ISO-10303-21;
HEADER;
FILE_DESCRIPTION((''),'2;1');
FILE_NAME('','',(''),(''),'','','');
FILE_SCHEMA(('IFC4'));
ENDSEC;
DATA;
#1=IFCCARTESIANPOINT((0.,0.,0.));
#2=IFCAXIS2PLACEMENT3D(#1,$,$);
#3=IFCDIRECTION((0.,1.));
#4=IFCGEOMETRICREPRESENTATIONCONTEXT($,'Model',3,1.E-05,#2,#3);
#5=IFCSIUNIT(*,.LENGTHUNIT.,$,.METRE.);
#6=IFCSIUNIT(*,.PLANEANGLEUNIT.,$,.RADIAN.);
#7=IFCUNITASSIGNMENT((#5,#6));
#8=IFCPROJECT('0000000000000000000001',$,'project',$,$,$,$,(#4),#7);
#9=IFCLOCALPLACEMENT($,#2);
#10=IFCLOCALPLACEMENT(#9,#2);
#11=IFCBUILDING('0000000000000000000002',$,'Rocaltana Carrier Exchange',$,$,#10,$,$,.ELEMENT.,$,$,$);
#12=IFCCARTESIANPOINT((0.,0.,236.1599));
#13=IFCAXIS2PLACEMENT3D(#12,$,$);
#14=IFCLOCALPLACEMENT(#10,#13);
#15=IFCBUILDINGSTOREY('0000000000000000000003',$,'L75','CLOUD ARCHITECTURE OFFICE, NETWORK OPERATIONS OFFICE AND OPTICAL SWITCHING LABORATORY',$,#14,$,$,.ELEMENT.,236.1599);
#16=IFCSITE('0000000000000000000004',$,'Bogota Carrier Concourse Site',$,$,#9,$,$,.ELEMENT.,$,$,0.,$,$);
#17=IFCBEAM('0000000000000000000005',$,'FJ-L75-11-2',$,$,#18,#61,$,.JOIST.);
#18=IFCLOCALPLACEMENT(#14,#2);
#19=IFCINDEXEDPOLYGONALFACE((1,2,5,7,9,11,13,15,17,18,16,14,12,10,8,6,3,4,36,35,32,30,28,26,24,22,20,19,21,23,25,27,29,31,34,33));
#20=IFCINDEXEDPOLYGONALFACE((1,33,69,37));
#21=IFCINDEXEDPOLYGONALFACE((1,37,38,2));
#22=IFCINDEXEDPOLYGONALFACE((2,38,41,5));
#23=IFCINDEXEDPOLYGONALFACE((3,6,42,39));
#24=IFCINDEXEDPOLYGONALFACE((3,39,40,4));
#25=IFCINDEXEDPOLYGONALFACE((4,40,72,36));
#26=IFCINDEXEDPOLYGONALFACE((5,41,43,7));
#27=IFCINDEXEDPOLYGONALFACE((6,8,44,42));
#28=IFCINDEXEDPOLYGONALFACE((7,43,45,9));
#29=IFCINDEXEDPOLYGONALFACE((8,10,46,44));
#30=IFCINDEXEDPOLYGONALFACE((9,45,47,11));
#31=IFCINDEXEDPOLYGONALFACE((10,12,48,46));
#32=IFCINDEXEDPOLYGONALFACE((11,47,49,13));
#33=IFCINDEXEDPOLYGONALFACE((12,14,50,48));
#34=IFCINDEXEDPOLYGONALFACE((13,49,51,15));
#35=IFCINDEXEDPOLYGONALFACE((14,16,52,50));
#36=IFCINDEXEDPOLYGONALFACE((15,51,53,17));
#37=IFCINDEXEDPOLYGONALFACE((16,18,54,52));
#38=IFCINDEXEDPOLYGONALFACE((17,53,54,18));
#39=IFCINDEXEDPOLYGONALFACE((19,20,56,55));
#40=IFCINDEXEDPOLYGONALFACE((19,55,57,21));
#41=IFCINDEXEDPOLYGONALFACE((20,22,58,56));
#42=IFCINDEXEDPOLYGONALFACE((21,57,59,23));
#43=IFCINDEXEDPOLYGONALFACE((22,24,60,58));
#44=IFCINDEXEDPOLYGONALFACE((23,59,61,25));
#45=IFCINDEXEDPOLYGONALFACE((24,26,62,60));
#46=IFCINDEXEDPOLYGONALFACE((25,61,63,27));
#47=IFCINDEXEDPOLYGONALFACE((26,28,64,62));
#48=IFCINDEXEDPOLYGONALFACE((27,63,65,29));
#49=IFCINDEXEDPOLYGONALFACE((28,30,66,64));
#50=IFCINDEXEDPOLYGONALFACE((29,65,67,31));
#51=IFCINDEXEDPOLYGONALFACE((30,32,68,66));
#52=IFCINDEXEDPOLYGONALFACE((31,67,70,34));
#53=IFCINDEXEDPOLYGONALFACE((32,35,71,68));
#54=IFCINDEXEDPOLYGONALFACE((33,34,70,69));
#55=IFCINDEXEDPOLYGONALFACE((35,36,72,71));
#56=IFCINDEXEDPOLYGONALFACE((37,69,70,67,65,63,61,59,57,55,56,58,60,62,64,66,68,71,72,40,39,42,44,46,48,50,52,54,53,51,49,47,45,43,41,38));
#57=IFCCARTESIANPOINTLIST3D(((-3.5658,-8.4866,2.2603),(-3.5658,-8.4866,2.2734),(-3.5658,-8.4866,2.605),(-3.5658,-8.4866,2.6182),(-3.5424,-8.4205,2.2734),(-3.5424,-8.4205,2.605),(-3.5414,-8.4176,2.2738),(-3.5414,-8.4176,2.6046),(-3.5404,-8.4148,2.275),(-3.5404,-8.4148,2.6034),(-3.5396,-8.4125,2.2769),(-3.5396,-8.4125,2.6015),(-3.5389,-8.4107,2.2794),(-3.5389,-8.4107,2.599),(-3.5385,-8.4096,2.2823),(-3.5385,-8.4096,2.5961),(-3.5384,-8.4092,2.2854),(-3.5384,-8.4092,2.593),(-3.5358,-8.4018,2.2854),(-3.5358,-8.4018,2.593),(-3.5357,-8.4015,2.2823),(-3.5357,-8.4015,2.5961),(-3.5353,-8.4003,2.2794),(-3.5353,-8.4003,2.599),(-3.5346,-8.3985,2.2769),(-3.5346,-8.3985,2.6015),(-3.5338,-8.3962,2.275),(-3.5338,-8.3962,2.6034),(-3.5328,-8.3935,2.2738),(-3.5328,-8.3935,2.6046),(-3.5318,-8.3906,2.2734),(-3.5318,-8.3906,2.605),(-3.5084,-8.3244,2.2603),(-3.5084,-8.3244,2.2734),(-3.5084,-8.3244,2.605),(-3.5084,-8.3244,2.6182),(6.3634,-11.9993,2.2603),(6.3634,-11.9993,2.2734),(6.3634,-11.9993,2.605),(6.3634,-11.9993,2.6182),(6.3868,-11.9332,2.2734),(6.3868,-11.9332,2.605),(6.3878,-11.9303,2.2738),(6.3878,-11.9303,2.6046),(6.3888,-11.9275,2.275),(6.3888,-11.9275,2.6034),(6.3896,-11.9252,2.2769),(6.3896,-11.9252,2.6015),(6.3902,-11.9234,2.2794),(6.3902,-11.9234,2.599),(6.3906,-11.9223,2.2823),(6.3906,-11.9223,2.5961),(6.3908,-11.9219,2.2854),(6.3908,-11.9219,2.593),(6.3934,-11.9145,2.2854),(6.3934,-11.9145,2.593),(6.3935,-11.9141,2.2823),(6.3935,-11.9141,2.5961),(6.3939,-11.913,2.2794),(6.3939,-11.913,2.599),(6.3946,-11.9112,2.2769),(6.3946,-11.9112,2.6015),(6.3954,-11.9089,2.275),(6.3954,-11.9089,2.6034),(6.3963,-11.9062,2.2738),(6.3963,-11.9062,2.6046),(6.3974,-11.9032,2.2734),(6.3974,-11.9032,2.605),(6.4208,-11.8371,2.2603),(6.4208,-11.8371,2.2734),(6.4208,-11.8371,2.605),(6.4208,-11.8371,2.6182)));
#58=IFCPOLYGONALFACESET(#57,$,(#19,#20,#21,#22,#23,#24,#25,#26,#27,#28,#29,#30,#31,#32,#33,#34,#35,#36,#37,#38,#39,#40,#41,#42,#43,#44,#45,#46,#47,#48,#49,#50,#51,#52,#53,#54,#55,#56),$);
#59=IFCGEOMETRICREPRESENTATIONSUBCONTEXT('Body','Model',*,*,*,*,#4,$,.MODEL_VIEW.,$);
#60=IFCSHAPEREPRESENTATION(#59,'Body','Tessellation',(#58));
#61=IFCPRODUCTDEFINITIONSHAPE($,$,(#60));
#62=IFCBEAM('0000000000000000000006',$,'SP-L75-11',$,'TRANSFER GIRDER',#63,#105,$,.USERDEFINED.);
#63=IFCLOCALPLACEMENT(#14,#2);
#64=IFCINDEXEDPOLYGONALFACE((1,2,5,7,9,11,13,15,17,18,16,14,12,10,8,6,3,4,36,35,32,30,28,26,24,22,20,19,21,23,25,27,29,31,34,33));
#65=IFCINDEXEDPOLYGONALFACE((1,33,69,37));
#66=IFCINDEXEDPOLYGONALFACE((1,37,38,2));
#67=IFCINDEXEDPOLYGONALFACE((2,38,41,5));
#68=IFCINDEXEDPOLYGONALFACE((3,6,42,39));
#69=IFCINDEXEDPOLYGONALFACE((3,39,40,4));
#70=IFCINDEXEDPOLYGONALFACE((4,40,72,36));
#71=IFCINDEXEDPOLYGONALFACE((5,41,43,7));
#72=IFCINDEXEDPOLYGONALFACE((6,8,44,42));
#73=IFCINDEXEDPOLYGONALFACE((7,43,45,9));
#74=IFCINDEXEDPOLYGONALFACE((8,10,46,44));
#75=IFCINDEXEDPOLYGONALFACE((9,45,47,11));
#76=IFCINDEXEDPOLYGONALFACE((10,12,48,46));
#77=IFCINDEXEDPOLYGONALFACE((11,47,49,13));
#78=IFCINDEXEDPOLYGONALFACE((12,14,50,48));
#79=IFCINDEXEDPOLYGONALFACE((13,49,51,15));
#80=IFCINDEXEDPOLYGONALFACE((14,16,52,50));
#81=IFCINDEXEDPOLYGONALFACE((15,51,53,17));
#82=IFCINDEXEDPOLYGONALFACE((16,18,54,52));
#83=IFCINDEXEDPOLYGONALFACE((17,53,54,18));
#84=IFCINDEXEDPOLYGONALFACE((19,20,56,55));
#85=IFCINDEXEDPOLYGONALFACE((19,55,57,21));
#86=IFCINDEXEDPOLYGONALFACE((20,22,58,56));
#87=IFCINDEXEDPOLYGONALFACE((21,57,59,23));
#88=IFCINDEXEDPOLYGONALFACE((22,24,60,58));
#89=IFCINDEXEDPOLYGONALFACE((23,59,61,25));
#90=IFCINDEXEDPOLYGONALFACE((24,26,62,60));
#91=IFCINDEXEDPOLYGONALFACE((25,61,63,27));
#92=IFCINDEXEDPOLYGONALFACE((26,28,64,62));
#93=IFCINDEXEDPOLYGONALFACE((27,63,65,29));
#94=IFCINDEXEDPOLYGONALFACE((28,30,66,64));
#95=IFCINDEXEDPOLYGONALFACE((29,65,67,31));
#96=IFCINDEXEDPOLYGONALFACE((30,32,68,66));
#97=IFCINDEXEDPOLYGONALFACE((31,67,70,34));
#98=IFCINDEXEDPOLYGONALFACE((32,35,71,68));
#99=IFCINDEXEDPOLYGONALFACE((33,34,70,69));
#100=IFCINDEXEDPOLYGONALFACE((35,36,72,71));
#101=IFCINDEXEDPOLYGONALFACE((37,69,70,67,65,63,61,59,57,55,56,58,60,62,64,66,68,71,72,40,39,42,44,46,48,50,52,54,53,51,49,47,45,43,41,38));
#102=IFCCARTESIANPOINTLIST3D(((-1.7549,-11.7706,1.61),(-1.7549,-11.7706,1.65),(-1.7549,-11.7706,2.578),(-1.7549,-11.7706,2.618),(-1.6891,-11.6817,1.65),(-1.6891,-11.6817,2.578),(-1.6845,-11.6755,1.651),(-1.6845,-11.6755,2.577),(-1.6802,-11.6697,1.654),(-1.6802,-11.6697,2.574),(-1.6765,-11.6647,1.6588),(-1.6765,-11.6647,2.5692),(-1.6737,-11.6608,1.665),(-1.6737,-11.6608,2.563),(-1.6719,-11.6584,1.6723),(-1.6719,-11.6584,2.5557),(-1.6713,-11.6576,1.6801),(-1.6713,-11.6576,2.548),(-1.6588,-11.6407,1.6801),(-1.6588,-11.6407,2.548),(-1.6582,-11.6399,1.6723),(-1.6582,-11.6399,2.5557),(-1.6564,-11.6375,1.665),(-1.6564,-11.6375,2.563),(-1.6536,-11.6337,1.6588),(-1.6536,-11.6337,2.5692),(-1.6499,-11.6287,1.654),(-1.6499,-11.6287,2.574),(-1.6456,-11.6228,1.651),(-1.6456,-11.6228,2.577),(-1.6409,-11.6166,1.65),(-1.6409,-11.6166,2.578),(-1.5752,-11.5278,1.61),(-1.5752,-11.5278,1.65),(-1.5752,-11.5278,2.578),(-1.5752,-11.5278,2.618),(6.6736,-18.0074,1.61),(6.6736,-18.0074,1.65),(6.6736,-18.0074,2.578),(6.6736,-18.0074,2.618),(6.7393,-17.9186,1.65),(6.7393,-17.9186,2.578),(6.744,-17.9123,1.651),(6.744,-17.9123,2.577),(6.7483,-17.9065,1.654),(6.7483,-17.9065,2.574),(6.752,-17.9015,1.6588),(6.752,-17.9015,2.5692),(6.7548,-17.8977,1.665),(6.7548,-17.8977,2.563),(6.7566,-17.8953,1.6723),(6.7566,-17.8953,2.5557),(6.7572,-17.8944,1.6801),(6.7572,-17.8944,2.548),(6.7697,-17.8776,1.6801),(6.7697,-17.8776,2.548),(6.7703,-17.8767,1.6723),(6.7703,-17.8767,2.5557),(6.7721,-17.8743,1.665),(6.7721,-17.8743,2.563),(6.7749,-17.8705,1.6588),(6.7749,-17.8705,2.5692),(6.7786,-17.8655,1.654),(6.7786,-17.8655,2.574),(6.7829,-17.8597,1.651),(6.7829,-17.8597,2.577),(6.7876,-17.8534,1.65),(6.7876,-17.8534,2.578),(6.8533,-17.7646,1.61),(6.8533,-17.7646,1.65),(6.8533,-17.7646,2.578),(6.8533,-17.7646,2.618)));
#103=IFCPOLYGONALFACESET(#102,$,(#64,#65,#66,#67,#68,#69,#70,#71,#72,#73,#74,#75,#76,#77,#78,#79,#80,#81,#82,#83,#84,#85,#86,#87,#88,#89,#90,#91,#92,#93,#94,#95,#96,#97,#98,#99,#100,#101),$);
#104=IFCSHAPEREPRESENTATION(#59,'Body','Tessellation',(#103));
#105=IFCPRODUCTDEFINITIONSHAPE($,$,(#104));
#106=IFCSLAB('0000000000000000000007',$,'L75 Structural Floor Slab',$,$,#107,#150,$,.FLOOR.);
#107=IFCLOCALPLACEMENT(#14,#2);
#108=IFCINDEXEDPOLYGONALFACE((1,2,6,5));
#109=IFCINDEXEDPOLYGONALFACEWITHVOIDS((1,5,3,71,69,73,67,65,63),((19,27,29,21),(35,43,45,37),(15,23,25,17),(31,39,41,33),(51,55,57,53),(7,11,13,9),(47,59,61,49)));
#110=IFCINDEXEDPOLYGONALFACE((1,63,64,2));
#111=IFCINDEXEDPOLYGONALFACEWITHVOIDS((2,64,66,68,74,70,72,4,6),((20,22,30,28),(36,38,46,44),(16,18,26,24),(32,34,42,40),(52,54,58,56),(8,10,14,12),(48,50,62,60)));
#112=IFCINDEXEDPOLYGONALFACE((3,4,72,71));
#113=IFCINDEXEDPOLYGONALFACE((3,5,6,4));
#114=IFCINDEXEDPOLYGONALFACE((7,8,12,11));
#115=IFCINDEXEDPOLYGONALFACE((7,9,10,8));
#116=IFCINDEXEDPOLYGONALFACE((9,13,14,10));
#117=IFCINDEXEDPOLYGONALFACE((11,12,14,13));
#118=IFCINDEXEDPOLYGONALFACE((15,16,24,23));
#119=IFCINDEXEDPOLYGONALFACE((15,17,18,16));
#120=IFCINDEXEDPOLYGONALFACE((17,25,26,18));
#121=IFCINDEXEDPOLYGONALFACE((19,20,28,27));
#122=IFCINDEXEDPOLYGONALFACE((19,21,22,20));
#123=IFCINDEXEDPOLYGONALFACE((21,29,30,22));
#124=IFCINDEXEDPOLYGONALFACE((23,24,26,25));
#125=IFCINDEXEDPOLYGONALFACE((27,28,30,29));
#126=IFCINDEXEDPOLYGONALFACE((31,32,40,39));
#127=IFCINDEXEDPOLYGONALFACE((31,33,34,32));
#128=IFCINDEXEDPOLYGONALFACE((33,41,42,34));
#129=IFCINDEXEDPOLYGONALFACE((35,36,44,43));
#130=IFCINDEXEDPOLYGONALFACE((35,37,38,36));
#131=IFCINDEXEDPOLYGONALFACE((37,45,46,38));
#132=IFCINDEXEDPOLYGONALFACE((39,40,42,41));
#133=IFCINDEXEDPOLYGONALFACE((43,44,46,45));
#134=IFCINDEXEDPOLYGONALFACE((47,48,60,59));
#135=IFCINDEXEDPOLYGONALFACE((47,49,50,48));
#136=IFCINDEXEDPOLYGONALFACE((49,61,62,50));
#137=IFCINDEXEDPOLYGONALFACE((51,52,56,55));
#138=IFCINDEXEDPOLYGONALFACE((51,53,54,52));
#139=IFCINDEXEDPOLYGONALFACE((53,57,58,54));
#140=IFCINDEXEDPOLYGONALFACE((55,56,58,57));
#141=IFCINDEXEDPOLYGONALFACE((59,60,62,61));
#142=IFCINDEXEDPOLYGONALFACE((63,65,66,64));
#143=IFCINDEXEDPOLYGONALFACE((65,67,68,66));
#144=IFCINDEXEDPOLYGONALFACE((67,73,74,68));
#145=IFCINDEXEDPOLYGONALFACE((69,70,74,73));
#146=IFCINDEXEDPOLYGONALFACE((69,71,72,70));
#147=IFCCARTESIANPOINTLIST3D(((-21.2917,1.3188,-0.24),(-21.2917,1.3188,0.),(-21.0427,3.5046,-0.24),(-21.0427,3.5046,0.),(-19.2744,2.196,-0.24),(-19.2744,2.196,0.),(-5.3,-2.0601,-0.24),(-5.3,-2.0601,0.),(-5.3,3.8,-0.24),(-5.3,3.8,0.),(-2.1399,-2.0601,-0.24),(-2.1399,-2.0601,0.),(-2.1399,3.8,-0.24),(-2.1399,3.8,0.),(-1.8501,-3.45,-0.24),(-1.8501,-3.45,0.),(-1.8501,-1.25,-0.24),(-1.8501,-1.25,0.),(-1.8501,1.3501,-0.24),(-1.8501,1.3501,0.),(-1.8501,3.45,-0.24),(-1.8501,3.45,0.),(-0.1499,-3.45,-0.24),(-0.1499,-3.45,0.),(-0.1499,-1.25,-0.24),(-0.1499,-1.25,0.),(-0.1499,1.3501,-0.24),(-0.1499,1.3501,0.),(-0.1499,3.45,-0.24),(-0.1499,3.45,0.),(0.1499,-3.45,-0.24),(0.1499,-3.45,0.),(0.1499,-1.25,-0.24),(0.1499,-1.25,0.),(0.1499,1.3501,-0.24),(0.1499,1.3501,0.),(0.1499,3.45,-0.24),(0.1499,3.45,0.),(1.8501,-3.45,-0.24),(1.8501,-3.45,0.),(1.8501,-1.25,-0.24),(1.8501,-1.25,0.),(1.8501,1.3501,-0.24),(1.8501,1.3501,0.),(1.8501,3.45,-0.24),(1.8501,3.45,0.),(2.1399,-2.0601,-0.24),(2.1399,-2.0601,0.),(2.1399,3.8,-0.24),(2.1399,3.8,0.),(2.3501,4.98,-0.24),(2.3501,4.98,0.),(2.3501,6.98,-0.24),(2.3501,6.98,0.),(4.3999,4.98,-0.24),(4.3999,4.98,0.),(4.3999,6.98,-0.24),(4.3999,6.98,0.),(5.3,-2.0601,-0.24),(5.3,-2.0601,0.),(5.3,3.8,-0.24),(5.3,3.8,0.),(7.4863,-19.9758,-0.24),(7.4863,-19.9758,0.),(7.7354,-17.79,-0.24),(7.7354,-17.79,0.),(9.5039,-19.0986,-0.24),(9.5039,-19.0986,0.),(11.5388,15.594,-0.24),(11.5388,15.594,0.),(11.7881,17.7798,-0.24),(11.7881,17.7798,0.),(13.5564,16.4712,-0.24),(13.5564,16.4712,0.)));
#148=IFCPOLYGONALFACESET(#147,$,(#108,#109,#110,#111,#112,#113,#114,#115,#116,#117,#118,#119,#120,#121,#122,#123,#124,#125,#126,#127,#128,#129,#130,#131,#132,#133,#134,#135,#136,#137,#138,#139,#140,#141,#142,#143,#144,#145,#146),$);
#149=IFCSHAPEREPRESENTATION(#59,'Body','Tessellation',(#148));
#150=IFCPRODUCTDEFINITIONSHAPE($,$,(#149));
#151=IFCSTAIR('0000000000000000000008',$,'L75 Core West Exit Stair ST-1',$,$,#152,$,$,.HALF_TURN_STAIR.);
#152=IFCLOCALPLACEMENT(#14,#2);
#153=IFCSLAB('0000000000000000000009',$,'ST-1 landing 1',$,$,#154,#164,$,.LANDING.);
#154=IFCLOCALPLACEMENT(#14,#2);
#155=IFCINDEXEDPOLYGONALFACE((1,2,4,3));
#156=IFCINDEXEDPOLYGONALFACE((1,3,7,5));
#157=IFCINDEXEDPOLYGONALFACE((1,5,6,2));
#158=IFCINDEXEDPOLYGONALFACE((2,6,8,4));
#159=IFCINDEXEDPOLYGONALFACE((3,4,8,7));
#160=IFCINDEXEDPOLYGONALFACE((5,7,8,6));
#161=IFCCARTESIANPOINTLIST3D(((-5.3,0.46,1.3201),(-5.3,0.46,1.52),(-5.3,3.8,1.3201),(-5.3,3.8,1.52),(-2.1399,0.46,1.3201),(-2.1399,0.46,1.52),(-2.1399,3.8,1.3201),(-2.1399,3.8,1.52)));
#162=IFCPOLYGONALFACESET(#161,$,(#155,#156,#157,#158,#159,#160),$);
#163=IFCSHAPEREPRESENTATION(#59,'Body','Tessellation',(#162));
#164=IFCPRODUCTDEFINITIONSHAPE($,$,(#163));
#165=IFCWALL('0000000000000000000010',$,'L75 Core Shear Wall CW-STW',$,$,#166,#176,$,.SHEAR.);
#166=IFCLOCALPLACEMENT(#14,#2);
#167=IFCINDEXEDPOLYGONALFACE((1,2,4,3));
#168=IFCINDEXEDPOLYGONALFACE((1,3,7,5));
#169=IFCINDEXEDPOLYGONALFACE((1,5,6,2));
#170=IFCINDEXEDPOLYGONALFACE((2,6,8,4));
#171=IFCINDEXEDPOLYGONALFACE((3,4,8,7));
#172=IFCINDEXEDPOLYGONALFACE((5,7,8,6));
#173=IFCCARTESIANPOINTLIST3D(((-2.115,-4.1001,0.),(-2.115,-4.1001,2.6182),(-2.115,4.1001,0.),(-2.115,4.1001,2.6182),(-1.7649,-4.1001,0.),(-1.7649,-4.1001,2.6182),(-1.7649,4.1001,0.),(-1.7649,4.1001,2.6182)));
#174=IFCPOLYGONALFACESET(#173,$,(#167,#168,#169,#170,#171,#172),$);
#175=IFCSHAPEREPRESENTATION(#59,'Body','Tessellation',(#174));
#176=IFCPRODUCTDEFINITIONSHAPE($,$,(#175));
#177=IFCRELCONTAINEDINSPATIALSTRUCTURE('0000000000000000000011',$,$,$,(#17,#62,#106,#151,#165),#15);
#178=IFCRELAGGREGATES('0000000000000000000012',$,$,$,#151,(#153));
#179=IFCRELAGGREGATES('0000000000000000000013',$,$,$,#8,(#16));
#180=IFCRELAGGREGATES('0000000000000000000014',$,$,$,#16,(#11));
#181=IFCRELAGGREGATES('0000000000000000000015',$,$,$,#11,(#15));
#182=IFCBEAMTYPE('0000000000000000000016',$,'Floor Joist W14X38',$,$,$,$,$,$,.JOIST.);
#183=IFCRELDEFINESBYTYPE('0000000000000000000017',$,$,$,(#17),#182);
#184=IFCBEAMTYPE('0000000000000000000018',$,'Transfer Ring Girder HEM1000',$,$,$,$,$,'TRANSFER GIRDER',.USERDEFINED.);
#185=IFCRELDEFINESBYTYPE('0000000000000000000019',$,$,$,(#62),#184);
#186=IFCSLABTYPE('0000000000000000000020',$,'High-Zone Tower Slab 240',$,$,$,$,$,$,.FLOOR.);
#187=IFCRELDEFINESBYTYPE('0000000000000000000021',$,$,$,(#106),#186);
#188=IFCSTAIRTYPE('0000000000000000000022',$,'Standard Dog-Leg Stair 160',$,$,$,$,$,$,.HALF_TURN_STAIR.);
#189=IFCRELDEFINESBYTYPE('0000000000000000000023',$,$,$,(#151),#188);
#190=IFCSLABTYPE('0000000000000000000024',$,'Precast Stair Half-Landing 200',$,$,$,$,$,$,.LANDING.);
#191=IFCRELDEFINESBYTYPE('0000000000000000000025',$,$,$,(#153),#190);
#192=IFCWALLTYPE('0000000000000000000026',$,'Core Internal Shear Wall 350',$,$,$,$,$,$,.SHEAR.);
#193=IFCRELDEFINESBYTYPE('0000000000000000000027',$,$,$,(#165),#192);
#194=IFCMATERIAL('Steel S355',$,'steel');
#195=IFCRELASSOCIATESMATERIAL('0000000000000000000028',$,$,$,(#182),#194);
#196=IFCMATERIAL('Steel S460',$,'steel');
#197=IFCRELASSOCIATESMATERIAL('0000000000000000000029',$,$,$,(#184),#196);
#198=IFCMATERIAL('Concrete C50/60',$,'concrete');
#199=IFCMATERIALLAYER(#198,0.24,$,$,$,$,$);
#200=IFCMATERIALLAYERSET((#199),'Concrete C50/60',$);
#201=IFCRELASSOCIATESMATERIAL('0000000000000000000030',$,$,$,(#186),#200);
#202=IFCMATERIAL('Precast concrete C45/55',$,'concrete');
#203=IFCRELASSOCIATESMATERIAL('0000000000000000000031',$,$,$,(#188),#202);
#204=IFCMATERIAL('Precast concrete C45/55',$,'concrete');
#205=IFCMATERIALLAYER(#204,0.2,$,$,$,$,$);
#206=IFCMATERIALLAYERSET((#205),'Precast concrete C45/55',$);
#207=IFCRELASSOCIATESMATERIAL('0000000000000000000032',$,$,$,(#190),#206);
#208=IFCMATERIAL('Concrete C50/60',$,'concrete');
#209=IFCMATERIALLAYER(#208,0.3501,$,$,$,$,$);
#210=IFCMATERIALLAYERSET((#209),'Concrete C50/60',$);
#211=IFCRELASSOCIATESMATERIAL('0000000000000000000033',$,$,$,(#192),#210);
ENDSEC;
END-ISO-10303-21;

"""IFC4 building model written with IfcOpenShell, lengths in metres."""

from ifc_helpers import new_model, si_unit, direction, frame, frame_2d, origin, origin_2d, place, context, subcontext, project, spatial, polyline, rectangle, i_section, outline, extrude, material, layer, layer_set, material_profile, profile_set, type_object, element, aggregate, save


model = new_model("IFC4")

# Units and contexts
model_context = context("Model", 3, precision=1e-05, world=origin(), true_north=direction((0.0, 1.0)))
body_context = subcontext(model_context, "Body", "Model", "MODEL_VIEW")
ifc_project = project(units=[si_unit("LENGTHUNIT", "METRE"), si_unit("PLANEANGLEUNIT", "RADIAN")], contexts=[model_context])

# Site, building, storey
site_placement = place(None, origin())
site = spatial("IfcSite", under=ifc_project, at=site_placement, Name="Bogota Carrier Concourse Site", CompositionType="ELEMENT", RefElevation=0.0)
building_placement = place(site_placement, origin())
building = spatial("IfcBuilding", under=site, at=building_placement, Name="Rocaltana Carrier Exchange", CompositionType="ELEMENT")
storey_placement = place(building_placement, frame((0.0, 0.0, 236.1599)))
storey = spatial("IfcBuildingStorey", under=building, at=storey_placement, Name="L75", Description="CLOUD ARCHITECTURE OFFICE, NETWORK OPERATIONS OFFICE AND OPTICAL SWITCHING LABORATORY", CompositionType="ELEMENT", Elevation=236.1599)

# Beams
ifc_material_1 = material(Name="Steel S355", Category="steel")
ifc_material_profile_1 = material_profile(ifc_material_1, i_section(OverallWidth=0.1721, OverallDepth=0.3579, WebThickness=0.0078, FlangeThickness=0.0132, FilletRadius=0.012, at=origin_2d()), Name="W14X38")
ifc_profile_set_1 = profile_set([ifc_material_profile_1], Name="Steel S355")
beam_type_1 = type_object("IfcBeamType", Name="Floor Joist W14X38", PredefinedType="JOIST", material=ifc_profile_set_1)
beam_1_placement = place(storey_placement, frame((-3.5371, -8.4055, 2.4392), z_axis=(0.942744, -0.333518, 0.0), x_axis=(0.333518, 0.942744, 0.0)))
element("IfcBeam", 1, at=beam_1_placement, inside=storey, type_object=beam_type_1, Name="FJ-L75-11-2", PredefinedType="JOIST", context=body_context, shape_type="SweptSolid", body=[
    extrude(i_section(OverallWidth=0.1721, OverallDepth=0.3579, WebThickness=0.0078, FlangeThickness=0.0132, FilletRadius=0.012, at=origin_2d()), origin(), (0.0, 0.0, 1.0), 10.5322),
])
ifc_material_2 = material(Name="Steel S460", Category="steel")
ifc_material_profile_2 = material_profile(ifc_material_2, i_section(OverallWidth=0.302, OverallDepth=1.0081, WebThickness=0.021, FlangeThickness=0.04, FilletRadius=0.03, at=origin_2d()), Name="HEM1000")
ifc_profile_set_2 = profile_set([ifc_material_profile_2], Name="Steel S460")
beam_type_2 = type_object("IfcBeamType", Name="Transfer Ring Girder HEM1000", ElementType="TRANSFER GIRDER", PredefinedType="USERDEFINED", material=ifc_profile_set_2)
beam_2_placement = place(storey_placement, frame((-1.665, -11.6492, 2.114), z_axis=(0.803853, -0.594828, 0.0), x_axis=(0.594828, 0.803853, 0.0)))
element("IfcBeam", 2, at=beam_2_placement, inside=storey, type_object=beam_type_2, Name="SP-L75-11", ObjectType="TRANSFER GIRDER", PredefinedType="USERDEFINED", context=body_context, shape_type="SweptSolid", body=[
    extrude(i_section(OverallWidth=0.302, OverallDepth=1.0081, WebThickness=0.021, FlangeThickness=0.04, FilletRadius=0.03, at=origin_2d()), origin(), (0.0, 0.0, 1.0), 10.4851),
])

# Slab
ifc_material_3 = material(Name="Concrete C50/60", Category="concrete")
ifc_layer_1 = layer(ifc_material_3, 0.24)
ifc_layer_set_1 = layer_set([ifc_layer_1], Name="Concrete C50/60")
slab_type_1 = type_object("IfcSlabType", Name="High-Zone Tower Slab 240", PredefinedType="FLOOR", material=ifc_layer_set_1)
slab_1_placement = place(storey_placement, frame((0.0, 0.0, -0.24)))
element("IfcSlab", 3, at=slab_1_placement, inside=storey, type_object=slab_type_1, Name="L75 Structural Floor Slab", PredefinedType="FLOOR", context=body_context, shape_type="SweptSolid", body=[
    extrude(outline(polyline([(7.4863, -19.9758), (7.7354, -17.79), (9.5039, -19.0986), (13.5564, 16.4712), (11.5388, 15.594), (11.7881, 17.7798), (-21.0427, 3.5046), (-19.2744, 2.196), (-21.2917, 1.3188), (7.4863, -19.9758)]), holes=[polyline([(-5.3, -2.0601), (-2.1399, -2.0601), (-2.1399, 3.8), (-5.3, 3.8), (-5.3, -2.0601)]), polyline([(2.1399, -2.0601), (5.3, -2.0601), (5.3, 3.8), (2.1399, 3.8), (2.1399, -2.0601)]), polyline([(-1.8501, -3.45), (-0.1499, -3.45), (-0.1499, -1.25), (-1.8501, -1.25), (-1.8501, -3.45)]), polyline([(0.1499, -3.45), (1.8501, -3.45), (1.8501, -1.25), (0.1499, -1.25), (0.1499, -3.45)]), polyline([(2.3501, 4.98), (4.3999, 4.98), (4.3999, 6.98), (2.3501, 6.98), (2.3501, 4.98)]), polyline([(-1.8501, 1.3501), (-0.1499, 1.3501), (-0.1499, 3.45), (-1.8501, 3.45), (-1.8501, 1.3501)]), polyline([(0.1499, 1.3501), (1.8501, 1.3501), (1.8501, 3.45), (0.1499, 3.45), (0.1499, 1.3501)])]), origin(), (0.0, 0.0, 1.0), 0.24),
])

# Stair, slab
ifc_material_4 = material(Name="Precast concrete C45/55", Category="concrete")
stair_type = type_object("IfcStairType", Name="Standard Dog-Leg Stair 160", PredefinedType="HALF_TURN_STAIR", material=ifc_material_4)
stair_placement = place(storey_placement, origin())
stair = element("IfcStair", 4, at=stair_placement, inside=storey, type_object=stair_type, Name="L75 Core West Exit Stair ST-1", PredefinedType="HALF_TURN_STAIR")
ifc_material_5 = material(Name="Precast concrete C45/55", Category="concrete")
ifc_layer_2 = layer(ifc_material_5, 0.2)
ifc_layer_set_2 = layer_set([ifc_layer_2], Name="Precast concrete C45/55")
slab_type_2 = type_object("IfcSlabType", Name="Precast Stair Half-Landing 200", PredefinedType="LANDING", material=ifc_layer_set_2)
slab_2_placement = place(storey_placement, frame((0.0, 0.0, 1.3201)))
slab_2 = element("IfcSlab", 5, at=slab_2_placement, type_object=slab_type_2, Name="ST-1 landing 1", PredefinedType="LANDING", context=body_context, shape_type="SweptSolid", body=[
    extrude(outline(polyline([(-2.1399, 0.46), (-2.1399, 3.8), (-5.3, 3.8), (-5.3, 0.46), (-2.1399, 0.46)])), origin(), (0.0, 0.0, 1.0), 0.2),
])

# Wall
ifc_material_6 = material(Name="Concrete C50/60", Category="concrete")
ifc_layer_3 = layer(ifc_material_6, 0.3501)
ifc_layer_set_3 = layer_set([ifc_layer_3], Name="Concrete C50/60")
wall_type_1 = type_object("IfcWallType", Name="Core Internal Shear Wall 350", PredefinedType="SHEAR", material=ifc_layer_set_3)
wall_1_placement = place(storey_placement, frame((-1.9399, -4.1001, 0.0), z_axis=(0.0, 0.0, 1.0), x_axis=(0.0, 1.0, 0.0)))
element("IfcWall", 6, at=wall_1_placement, inside=storey, type_object=wall_type_1, Name="L75 Core Shear Wall CW-STW", PredefinedType="SHEAR", context=body_context, shape_type="SweptSolid", body=[
    extrude(rectangle(XDim=8.2002, YDim=0.3501, at=frame_2d((4.1001, 0.0))), origin(), (0.0, 0.0, 1.0), 2.6182),
])

aggregate(stair, [slab_2])

save(model, "model.ifc")
